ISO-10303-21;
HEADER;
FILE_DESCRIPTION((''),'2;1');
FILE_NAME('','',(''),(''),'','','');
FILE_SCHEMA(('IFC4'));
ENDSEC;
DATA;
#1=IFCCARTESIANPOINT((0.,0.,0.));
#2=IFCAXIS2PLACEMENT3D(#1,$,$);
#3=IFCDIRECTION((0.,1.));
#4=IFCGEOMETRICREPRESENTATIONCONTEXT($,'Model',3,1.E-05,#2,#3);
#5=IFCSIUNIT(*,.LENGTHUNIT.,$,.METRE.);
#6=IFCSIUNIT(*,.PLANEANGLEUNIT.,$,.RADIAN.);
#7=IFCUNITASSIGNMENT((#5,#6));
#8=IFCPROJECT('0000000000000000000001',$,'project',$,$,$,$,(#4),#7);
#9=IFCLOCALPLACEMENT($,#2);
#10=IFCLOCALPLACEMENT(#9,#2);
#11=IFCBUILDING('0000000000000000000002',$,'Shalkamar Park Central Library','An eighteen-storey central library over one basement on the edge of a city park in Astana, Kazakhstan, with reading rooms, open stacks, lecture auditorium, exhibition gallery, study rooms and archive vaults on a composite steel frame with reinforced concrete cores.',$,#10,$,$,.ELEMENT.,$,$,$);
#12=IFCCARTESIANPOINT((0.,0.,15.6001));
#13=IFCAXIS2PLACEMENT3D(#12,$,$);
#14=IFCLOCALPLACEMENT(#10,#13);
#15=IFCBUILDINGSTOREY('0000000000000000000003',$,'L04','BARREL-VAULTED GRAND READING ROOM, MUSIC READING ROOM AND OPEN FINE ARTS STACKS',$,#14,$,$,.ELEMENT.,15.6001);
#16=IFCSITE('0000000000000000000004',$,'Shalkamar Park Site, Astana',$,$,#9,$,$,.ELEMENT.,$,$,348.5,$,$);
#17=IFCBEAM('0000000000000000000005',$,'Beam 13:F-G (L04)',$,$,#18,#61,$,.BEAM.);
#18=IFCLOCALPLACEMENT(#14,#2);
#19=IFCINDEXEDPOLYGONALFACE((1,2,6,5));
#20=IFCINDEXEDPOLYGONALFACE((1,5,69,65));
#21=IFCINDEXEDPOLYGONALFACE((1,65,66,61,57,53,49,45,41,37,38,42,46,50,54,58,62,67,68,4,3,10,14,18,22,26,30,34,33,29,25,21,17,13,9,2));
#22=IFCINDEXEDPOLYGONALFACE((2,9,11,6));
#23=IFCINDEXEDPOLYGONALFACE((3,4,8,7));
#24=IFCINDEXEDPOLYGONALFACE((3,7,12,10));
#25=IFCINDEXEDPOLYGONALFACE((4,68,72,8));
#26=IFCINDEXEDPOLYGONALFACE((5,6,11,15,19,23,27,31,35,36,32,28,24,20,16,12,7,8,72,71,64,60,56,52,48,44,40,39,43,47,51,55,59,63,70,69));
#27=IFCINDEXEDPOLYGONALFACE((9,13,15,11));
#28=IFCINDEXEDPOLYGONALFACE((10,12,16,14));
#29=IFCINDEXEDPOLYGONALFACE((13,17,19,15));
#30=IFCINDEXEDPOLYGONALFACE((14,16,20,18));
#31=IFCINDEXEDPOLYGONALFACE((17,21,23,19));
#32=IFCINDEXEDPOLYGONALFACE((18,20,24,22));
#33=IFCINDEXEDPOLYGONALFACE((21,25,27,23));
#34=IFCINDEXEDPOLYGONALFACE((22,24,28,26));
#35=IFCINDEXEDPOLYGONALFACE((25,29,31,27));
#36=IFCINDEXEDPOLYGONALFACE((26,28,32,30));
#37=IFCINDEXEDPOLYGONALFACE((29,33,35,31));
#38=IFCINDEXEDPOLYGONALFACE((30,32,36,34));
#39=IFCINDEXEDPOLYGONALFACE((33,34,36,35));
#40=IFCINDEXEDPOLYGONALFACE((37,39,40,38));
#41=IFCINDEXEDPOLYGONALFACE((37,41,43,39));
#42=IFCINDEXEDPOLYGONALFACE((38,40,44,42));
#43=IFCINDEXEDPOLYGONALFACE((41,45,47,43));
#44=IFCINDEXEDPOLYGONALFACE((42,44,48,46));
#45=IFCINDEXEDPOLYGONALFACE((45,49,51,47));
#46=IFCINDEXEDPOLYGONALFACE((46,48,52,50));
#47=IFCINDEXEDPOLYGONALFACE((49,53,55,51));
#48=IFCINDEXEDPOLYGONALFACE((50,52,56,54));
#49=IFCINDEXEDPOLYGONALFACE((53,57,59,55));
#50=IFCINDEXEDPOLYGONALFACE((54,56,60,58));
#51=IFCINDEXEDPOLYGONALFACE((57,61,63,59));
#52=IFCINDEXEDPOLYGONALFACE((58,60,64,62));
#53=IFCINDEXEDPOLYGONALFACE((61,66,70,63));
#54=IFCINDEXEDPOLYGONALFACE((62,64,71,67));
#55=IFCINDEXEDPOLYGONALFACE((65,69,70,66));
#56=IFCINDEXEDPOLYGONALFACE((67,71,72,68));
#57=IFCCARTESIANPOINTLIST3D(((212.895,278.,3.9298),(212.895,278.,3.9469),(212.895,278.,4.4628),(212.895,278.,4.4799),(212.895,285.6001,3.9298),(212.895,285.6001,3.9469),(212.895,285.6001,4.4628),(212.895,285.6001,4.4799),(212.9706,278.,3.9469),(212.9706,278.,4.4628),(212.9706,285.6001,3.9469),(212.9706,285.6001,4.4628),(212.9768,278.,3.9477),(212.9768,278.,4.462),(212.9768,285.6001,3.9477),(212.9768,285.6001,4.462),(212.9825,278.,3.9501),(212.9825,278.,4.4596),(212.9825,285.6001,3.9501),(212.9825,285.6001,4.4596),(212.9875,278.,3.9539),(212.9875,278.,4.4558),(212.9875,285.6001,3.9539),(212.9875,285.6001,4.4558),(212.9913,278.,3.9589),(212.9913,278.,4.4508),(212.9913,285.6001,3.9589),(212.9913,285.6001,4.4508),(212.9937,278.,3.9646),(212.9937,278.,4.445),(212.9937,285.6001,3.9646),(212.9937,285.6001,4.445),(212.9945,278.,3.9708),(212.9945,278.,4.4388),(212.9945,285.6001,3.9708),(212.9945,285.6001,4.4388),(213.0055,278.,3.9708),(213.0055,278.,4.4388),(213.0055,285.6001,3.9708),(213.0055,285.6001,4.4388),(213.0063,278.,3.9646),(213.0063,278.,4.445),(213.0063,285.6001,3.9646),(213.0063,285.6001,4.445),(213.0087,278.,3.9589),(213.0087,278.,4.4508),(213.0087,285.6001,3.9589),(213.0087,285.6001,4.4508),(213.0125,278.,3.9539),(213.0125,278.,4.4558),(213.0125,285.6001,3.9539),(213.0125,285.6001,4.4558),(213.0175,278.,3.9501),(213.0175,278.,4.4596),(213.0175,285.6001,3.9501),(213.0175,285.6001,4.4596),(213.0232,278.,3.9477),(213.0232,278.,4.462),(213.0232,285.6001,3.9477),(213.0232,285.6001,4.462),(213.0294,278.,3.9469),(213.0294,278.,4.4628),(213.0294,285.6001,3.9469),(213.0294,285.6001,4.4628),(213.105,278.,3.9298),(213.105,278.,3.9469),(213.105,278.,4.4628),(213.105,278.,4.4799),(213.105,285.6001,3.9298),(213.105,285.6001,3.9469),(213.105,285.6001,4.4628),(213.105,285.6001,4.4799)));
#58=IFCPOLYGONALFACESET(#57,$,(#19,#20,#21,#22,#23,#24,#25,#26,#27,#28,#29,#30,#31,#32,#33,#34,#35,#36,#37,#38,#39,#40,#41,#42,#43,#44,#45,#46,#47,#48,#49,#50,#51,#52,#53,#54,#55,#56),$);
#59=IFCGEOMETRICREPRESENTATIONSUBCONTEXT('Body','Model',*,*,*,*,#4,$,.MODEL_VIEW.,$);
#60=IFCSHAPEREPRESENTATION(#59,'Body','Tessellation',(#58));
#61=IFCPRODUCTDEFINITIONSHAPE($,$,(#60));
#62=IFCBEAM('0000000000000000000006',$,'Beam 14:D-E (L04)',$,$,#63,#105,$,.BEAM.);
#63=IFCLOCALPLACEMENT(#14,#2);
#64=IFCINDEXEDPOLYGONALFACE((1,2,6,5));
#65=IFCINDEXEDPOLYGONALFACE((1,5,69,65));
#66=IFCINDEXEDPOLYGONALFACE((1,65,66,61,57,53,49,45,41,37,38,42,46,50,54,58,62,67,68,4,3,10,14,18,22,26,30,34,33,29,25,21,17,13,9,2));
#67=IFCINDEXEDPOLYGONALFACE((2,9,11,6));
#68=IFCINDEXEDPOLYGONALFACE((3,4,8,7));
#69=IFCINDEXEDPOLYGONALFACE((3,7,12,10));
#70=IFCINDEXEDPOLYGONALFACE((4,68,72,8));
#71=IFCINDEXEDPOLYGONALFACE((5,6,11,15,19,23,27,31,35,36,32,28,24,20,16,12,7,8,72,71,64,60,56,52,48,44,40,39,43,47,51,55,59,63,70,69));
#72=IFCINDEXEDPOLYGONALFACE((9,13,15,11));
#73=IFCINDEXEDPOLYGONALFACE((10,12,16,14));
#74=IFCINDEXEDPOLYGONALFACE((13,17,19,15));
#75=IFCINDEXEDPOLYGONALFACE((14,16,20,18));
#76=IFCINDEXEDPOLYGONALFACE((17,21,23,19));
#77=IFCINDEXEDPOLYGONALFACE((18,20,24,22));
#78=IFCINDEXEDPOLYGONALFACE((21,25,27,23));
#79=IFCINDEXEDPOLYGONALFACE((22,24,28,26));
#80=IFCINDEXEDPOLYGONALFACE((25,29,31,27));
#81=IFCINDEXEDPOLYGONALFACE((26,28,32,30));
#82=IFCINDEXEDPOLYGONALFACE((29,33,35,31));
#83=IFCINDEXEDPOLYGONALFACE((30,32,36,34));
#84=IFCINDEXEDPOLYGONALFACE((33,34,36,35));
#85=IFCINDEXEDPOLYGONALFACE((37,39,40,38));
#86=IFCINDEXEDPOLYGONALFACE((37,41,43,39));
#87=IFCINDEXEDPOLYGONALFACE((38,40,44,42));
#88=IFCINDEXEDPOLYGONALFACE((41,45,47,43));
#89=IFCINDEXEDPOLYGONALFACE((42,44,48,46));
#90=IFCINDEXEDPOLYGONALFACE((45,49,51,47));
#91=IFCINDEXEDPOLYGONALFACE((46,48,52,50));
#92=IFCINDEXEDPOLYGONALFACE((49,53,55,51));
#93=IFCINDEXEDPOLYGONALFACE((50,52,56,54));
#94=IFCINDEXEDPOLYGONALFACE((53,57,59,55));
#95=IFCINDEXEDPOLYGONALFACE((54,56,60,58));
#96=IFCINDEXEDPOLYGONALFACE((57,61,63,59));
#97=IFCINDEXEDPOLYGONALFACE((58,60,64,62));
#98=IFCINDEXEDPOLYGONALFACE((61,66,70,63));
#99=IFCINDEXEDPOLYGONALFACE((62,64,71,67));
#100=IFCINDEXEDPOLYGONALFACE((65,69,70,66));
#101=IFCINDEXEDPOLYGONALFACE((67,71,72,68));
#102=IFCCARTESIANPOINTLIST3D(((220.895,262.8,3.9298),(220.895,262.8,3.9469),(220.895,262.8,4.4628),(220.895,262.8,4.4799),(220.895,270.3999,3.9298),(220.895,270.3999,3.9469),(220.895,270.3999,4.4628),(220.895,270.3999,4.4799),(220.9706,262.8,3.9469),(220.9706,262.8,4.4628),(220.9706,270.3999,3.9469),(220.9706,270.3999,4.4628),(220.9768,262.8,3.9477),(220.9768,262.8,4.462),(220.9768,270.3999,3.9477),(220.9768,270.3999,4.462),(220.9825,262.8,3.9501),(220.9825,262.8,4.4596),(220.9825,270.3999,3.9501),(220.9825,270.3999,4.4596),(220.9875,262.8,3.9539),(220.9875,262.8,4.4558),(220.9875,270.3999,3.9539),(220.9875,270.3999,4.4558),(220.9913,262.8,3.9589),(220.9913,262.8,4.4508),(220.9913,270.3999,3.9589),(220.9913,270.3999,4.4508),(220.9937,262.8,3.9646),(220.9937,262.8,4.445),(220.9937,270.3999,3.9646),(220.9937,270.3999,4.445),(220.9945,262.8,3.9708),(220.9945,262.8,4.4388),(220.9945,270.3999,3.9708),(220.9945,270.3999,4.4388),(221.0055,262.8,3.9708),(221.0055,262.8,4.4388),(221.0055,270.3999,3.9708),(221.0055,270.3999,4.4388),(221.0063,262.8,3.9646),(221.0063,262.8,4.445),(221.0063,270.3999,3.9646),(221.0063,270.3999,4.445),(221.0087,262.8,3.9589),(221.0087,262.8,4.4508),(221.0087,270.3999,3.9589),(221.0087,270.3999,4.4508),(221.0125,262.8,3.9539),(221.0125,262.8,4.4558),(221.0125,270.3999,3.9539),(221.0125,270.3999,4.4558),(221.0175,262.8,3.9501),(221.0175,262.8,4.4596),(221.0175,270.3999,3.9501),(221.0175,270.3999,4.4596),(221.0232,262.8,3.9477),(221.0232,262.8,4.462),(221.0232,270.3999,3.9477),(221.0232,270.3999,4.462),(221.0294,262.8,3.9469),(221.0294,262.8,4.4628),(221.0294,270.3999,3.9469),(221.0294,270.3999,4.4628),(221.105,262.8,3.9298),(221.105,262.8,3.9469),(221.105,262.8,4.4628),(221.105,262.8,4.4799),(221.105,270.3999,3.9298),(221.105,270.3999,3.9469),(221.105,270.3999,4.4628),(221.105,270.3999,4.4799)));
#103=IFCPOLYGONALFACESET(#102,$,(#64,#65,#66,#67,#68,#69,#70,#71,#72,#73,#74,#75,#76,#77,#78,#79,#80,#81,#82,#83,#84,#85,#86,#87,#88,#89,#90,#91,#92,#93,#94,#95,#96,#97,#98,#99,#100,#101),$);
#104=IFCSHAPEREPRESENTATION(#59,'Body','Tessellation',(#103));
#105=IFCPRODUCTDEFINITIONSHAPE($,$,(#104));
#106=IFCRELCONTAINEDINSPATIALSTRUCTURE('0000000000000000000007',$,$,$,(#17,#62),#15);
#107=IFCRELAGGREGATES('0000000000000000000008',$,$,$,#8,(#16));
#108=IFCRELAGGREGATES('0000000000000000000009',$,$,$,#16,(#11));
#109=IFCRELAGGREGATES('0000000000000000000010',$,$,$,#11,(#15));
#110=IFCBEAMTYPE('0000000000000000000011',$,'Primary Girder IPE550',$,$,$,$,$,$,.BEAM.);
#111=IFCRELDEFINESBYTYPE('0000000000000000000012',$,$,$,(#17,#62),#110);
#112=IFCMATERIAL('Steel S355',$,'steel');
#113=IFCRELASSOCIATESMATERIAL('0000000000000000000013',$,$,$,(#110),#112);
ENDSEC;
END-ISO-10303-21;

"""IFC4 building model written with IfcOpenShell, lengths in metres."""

from ifc_helpers import new_model, si_unit, direction, frame, origin, origin_2d, place, context, subcontext, project, spatial, i_section, extrude, material, material_profile, profile_set, type_object, element, save


model = new_model("IFC4")

# Units and contexts
model_context = context("Model", 3, precision=1e-05, world=origin(), true_north=direction((0.0, 1.0)))
body_context = subcontext(model_context, "Body", "Model", "MODEL_VIEW")
ifc_project = project(units=[si_unit("LENGTHUNIT", "METRE"), si_unit("PLANEANGLEUNIT", "RADIAN")], contexts=[model_context])

# Site, building, storey
site_placement = place(None, origin())
site = spatial("IfcSite", under=ifc_project, at=site_placement, Name="Shalkamar Park Site, Astana", CompositionType="ELEMENT", RefElevation=348.5)
building_placement = place(site_placement, origin())
building = spatial("IfcBuilding", under=site, at=building_placement, Name="Shalkamar Park Central Library", Description="An eighteen-storey central library over one basement on the edge of a city park in Astana, Kazakhstan, with reading rooms, open stacks, lecture auditorium, exhibition gallery, study rooms and archive vaults on a composite steel frame with reinforced concrete cores.", CompositionType="ELEMENT")
storey_placement = place(building_placement, frame((0.0, 0.0, 15.6001)))
storey = spatial("IfcBuildingStorey", under=building, at=storey_placement, Name="L04", Description="BARREL-VAULTED GRAND READING ROOM, MUSIC READING ROOM AND OPEN FINE ARTS STACKS", CompositionType="ELEMENT", Elevation=15.6001)

# Shared definitions
ifc_material = material(Name="Steel S355", Category="steel")

# Beams
ifc_material_profile_1 = material_profile(ifc_material, i_section(OverallWidth=0.21, OverallDepth=0.55, WebThickness=0.011, FlangeThickness=0.0171, FilletRadius=0.0239, at=origin_2d()), Name="IPE 550")
ifc_profile_set_1 = profile_set([ifc_material_profile_1], Name="Steel S355")
beam_type_1 = type_object("IfcBeamType", Name="Primary Girder IPE550", PredefinedType="BEAM", material=ifc_profile_set_1)
for number, where, z_axis, x_axis, name in (
    (1, (213.0, 278.0, 4.2048), (0.0, 1.0, 0.0), (-1.0, 0.0, 0.0), "Beam 13:F-G (L04)"),
):
    element("IfcBeam", number, at=place(storey_placement, frame(where, z_axis=z_axis, x_axis=x_axis)), inside=storey, type_object=beam_type_1, Name=name, PredefinedType="BEAM", context=body_context, shape_type="SweptSolid", body=[
        extrude(i_section(OverallWidth=0.21, OverallDepth=0.55, WebThickness=0.011, FlangeThickness=0.0171, FilletRadius=0.0239, at=origin_2d()), origin(), (0.0, 0.0, 1.0), 7.6001),
    ])
beam_1_placement = place(storey_placement, frame((221.0, 262.8, 4.2048), z_axis=(0.0, 1.0, 0.0), x_axis=(-1.0, 0.0, 0.0)))
element("IfcBeam", 2, at=beam_1_placement, inside=storey, type_object=beam_type_1, Name="Beam 14:D-E (L04)", PredefinedType="BEAM", context=body_context, shape_type="SweptSolid", body=[
    extrude(i_section(OverallWidth=0.21, OverallDepth=0.55, WebThickness=0.011, FlangeThickness=0.0171, FilletRadius=0.0239, at=origin_2d()), origin(), (0.0, 0.0, 1.0), 7.5999),
])

save(model, "model.ifc")
